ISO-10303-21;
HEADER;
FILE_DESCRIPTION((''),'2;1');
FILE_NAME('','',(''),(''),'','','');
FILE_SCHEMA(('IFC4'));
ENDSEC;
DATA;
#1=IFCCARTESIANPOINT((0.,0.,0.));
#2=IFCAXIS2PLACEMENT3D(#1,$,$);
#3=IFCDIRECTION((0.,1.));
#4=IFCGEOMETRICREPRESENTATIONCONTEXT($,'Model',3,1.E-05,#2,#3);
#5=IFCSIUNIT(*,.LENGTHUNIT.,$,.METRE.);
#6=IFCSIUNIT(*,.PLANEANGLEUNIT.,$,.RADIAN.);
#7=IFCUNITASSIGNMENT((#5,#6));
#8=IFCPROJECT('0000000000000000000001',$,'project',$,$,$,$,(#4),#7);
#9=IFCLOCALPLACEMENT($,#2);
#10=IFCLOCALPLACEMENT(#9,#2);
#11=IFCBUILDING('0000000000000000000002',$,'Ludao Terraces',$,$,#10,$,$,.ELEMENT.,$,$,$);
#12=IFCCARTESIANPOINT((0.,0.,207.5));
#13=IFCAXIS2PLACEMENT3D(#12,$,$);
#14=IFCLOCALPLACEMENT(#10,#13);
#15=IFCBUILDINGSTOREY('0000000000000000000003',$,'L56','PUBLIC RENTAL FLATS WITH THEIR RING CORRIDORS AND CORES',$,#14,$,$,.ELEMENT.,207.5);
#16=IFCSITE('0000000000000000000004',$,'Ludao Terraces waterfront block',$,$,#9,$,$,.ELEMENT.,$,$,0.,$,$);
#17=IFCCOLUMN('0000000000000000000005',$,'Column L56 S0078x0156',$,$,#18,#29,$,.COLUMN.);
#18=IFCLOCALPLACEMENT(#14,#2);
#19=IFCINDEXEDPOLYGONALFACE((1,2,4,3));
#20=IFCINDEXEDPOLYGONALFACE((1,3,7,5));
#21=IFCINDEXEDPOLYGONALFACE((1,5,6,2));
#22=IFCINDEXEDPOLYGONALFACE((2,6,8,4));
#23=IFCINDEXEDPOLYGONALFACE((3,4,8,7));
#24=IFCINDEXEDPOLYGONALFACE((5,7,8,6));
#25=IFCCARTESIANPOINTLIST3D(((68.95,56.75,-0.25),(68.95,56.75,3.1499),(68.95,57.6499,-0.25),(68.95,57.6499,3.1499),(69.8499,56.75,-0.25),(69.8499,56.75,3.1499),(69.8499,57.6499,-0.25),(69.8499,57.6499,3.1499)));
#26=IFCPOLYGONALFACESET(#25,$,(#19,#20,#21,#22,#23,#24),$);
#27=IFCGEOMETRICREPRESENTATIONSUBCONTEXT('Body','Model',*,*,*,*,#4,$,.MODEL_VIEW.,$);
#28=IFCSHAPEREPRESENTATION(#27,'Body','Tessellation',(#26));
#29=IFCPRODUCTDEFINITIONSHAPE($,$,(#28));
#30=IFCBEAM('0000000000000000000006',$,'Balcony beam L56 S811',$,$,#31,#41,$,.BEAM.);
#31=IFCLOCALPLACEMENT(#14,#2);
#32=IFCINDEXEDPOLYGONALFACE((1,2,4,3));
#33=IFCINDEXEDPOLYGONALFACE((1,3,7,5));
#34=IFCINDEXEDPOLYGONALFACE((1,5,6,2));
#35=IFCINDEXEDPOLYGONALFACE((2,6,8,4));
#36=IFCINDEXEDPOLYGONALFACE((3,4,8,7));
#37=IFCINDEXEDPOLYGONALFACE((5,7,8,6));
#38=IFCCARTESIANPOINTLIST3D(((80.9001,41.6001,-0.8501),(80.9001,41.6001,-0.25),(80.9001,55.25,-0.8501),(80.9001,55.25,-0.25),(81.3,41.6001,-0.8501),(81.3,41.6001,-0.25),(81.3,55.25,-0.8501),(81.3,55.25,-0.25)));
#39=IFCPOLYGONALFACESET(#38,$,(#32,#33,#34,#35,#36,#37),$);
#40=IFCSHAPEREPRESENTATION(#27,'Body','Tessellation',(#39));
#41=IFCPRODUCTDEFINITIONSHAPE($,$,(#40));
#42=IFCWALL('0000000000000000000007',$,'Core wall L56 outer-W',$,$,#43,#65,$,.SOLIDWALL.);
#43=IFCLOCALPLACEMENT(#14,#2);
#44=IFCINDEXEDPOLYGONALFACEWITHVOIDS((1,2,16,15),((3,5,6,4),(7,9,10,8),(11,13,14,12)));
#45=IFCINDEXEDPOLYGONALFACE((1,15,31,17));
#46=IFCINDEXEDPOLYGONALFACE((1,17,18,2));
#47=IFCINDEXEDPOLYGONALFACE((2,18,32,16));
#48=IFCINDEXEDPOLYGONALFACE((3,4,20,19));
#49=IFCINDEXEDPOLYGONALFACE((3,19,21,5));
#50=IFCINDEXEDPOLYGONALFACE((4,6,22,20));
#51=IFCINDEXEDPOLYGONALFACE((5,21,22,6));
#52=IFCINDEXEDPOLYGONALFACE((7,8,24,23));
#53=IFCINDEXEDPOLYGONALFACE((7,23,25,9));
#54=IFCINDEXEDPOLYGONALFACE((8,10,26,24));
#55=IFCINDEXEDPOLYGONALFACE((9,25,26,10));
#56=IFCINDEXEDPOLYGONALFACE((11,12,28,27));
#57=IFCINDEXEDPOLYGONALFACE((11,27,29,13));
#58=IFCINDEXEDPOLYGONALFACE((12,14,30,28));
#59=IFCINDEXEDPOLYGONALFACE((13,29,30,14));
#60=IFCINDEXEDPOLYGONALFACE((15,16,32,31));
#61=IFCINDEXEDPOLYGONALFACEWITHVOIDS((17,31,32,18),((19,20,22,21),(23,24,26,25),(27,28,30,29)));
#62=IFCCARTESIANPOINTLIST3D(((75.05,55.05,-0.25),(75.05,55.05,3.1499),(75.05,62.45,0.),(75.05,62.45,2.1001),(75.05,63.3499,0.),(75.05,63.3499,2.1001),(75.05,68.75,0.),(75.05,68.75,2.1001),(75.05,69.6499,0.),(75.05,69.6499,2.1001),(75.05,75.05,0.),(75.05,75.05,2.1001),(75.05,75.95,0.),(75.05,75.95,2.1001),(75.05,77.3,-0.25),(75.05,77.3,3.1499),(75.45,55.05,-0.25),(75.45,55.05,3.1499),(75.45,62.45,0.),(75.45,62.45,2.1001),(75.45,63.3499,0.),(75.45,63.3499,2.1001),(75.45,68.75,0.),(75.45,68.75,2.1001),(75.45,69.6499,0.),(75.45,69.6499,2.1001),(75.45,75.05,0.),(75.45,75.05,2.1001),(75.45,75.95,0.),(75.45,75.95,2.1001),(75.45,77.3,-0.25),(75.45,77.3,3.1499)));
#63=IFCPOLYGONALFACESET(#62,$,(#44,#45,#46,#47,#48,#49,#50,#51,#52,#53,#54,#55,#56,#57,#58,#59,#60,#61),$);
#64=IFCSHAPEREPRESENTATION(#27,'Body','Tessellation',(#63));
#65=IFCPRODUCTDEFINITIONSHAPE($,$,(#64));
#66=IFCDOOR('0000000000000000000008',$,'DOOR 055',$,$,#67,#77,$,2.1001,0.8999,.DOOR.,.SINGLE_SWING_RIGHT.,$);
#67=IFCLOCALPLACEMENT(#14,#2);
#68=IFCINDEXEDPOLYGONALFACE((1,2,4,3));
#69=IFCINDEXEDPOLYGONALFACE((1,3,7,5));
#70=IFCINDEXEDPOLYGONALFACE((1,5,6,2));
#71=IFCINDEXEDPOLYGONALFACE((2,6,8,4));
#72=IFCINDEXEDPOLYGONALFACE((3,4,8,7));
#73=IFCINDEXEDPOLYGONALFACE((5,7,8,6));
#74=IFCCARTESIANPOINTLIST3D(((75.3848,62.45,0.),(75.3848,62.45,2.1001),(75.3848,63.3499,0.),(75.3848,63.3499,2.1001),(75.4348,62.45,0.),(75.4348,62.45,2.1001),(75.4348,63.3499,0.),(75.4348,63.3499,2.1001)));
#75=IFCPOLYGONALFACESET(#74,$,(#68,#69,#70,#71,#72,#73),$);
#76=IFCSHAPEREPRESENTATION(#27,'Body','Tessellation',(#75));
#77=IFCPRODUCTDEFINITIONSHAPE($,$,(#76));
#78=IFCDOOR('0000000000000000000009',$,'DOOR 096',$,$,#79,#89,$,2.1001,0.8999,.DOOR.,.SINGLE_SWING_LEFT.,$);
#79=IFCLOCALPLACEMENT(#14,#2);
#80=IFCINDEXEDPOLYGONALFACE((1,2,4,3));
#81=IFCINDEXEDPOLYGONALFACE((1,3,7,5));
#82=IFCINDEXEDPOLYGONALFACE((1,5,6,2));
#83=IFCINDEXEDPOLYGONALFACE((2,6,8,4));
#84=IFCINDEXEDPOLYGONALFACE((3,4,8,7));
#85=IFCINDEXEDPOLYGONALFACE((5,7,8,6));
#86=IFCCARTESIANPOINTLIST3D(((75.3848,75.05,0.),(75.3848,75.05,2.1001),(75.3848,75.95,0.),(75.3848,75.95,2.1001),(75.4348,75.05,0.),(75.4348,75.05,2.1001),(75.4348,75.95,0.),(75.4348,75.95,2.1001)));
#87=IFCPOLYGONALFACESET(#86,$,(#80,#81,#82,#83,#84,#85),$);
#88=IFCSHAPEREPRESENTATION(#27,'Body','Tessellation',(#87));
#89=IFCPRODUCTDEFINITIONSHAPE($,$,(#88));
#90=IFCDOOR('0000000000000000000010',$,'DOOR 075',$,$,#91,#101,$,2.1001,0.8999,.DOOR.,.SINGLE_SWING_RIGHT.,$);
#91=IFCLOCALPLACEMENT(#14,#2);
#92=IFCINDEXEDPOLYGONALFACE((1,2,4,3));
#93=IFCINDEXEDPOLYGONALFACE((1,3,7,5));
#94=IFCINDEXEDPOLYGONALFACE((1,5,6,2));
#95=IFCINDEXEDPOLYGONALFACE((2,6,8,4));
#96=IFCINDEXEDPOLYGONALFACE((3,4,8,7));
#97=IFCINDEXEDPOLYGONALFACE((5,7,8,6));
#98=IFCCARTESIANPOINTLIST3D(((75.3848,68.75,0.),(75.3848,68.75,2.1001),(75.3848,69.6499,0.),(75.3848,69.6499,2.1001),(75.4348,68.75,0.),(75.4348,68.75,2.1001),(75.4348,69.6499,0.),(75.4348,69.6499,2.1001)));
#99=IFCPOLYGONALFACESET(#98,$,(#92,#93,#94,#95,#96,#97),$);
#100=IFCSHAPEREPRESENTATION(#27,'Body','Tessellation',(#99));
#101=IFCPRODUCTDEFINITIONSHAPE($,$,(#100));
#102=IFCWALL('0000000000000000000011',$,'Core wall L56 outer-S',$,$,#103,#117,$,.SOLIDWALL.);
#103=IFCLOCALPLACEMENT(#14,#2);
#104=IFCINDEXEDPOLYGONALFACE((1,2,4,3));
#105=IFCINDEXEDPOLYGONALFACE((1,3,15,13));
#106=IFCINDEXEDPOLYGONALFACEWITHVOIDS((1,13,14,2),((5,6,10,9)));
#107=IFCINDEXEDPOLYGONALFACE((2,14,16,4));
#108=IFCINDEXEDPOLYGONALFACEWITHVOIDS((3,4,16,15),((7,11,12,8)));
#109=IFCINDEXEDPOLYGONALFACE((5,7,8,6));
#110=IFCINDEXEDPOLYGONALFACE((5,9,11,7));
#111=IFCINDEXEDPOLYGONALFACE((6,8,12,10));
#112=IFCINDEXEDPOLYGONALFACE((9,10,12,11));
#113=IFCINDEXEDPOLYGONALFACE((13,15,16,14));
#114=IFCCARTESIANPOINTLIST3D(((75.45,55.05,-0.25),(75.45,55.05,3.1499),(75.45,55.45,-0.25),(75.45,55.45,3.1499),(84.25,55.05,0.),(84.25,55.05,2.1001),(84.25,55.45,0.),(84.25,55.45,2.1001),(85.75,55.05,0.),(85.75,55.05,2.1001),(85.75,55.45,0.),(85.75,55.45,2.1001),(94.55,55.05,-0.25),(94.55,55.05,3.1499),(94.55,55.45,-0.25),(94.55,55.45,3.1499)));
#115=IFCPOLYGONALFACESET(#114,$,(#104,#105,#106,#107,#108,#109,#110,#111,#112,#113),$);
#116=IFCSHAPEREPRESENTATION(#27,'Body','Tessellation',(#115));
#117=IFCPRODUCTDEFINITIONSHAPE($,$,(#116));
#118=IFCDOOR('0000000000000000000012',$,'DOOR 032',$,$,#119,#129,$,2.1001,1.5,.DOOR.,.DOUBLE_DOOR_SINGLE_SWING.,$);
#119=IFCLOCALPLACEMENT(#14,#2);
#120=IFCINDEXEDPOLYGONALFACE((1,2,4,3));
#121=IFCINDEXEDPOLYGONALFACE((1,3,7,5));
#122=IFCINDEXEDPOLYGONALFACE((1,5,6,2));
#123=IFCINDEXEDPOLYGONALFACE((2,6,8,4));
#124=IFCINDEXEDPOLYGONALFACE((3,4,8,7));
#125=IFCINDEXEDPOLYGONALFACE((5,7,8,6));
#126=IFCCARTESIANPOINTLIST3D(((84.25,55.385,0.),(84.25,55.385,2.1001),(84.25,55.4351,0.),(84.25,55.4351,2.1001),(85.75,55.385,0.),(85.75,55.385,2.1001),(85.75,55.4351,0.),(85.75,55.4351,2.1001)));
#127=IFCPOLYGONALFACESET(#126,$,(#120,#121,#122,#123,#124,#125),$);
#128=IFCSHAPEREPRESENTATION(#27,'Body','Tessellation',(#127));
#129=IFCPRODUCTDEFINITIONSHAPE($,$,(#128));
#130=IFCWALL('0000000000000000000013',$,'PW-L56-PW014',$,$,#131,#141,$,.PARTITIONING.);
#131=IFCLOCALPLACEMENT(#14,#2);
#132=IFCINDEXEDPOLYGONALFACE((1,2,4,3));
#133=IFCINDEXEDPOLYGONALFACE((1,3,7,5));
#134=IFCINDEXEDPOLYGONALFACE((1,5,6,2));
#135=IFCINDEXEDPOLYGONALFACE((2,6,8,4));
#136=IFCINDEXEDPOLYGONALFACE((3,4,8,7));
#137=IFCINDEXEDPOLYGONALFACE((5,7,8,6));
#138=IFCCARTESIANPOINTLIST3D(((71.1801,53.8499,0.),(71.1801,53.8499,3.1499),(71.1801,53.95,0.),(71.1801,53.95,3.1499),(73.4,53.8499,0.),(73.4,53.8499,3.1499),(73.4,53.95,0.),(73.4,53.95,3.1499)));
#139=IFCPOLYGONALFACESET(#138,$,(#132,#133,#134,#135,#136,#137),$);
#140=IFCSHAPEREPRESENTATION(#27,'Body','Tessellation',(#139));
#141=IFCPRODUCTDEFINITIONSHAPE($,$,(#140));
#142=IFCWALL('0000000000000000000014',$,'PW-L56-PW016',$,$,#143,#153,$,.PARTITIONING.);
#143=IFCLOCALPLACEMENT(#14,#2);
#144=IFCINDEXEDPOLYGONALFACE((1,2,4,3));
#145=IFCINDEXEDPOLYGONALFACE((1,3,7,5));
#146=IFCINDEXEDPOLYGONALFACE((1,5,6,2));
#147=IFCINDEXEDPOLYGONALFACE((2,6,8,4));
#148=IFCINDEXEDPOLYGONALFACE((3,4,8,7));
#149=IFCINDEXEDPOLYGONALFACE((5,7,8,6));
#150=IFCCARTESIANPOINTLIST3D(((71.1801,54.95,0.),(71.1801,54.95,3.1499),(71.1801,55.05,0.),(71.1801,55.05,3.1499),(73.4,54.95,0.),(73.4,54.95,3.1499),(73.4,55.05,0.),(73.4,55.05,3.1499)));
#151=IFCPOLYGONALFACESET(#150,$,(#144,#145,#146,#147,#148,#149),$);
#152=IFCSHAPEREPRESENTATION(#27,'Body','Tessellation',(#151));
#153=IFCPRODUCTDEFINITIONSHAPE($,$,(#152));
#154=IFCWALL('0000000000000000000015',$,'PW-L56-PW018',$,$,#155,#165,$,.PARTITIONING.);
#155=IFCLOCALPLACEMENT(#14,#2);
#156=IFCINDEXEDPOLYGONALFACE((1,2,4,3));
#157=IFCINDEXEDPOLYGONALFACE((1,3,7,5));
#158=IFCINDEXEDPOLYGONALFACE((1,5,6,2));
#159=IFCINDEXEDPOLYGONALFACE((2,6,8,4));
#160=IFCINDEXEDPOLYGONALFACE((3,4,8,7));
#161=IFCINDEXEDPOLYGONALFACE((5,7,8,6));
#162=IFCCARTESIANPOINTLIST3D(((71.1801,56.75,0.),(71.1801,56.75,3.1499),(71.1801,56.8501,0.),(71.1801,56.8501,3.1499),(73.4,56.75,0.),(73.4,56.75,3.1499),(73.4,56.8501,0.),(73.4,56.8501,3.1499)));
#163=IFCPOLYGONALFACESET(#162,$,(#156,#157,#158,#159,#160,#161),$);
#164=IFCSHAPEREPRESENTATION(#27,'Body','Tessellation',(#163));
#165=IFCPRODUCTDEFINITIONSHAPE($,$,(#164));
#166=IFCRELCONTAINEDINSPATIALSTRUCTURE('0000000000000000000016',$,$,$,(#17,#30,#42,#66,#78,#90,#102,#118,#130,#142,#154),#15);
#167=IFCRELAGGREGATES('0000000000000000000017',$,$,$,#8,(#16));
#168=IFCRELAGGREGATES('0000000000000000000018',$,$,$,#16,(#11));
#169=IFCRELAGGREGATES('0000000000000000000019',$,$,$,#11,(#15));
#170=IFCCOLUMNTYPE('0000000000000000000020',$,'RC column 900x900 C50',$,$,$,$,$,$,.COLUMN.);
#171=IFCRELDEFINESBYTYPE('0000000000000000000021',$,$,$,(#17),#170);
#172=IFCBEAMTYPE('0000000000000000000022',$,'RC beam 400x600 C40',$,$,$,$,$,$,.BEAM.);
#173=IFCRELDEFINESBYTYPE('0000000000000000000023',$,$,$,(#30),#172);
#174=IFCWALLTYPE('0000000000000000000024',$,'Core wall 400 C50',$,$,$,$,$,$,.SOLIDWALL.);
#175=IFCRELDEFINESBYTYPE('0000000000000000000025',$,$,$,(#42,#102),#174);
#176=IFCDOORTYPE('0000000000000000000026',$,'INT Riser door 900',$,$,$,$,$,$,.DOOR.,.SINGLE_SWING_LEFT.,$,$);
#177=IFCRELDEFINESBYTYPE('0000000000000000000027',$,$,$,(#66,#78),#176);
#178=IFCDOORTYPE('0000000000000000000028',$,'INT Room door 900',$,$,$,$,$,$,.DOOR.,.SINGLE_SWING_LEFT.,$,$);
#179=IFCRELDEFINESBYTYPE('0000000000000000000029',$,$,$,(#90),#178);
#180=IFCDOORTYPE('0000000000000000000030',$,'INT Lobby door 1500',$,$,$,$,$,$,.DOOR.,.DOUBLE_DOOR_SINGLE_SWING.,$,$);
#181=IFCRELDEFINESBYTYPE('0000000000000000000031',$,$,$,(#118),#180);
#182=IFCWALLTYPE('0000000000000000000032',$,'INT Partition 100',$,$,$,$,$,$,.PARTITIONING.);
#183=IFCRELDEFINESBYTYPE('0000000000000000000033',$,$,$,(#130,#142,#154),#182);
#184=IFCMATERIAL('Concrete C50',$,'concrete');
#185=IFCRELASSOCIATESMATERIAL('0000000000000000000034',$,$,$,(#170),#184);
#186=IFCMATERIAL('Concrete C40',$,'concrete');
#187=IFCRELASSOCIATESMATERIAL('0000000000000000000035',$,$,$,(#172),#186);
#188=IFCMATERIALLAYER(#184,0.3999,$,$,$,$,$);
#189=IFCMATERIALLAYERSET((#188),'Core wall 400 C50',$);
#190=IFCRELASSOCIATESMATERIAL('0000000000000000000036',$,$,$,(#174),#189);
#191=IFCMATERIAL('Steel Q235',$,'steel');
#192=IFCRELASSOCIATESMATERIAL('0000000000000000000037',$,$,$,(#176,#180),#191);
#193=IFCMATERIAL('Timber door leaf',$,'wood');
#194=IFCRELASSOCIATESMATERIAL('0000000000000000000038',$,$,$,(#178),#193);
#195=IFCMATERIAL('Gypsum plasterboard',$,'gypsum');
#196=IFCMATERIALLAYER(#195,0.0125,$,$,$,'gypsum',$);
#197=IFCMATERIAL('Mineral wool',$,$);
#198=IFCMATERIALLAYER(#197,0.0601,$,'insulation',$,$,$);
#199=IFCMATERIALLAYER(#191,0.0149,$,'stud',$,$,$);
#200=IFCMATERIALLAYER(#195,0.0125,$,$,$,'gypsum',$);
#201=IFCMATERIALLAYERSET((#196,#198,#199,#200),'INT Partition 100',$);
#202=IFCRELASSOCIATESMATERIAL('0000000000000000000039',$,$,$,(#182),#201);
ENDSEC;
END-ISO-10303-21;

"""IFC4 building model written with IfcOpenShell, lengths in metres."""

from ifc_helpers import new_model, si_unit, direction, frame, frame_2d, origin, origin_2d, place, context, subcontext, project, spatial, rectangle, extrude, material, layer, layer_set, material_profile, profile_set, type_object, element, fill, save


model = new_model("IFC4")

# Units and contexts
model_context = context("Model", 3, precision=1e-05, world=origin(), true_north=direction((0.0, 1.0)))
body_context = subcontext(model_context, "Body", "Model", "MODEL_VIEW")
ifc_project = project(units=[si_unit("LENGTHUNIT", "METRE"), si_unit("PLANEANGLEUNIT", "RADIAN")], contexts=[model_context])

# Site, building, storey
site_placement = place(None, origin())
site = spatial("IfcSite", under=ifc_project, at=site_placement, Name="Ludao Terraces waterfront block", CompositionType="ELEMENT", RefElevation=0.0)
building_placement = place(site_placement, origin())
building = spatial("IfcBuilding", under=site, at=building_placement, Name="Ludao Terraces", CompositionType="ELEMENT")
storey_placement = place(building_placement, frame((0.0, 0.0, 207.5)))
storey = spatial("IfcBuildingStorey", under=building, at=storey_placement, Name="L56", Description="PUBLIC RENTAL FLATS WITH THEIR RING CORRIDORS AND CORES", CompositionType="ELEMENT", Elevation=207.5)

# Column
ifc_material_1 = material(Name="Concrete C50", Category="concrete")
ifc_material_profile_1 = material_profile(ifc_material_1, rectangle(XDim=0.8999, YDim=0.8999, at=origin_2d()), Name="900 X 900")
ifc_profile_set_1 = profile_set([ifc_material_profile_1], Name="Concrete C50")
column_type = type_object("IfcColumnType", Name="RC column 900x900 C50", PredefinedType="COLUMN", material=ifc_profile_set_1)
column_placement = place(storey_placement, frame((69.3999, 57.2, -0.25), z_axis=(0.0, 0.0, 1.0), x_axis=(1.0, 0.0, 0.0)))
element("IfcColumn", 1, at=column_placement, inside=storey, type_object=column_type, Name="Column L56 S0078x0156", PredefinedType="COLUMN", context=body_context, shape_type="SweptSolid", body=[
    extrude(rectangle(XDim=0.8999, YDim=0.8999, at=origin_2d()), origin(), (0.0, 0.0, 1.0), 3.3999),
])

# Beam
ifc_material_2 = material(Name="Concrete C40", Category="concrete")
ifc_material_profile_2 = material_profile(ifc_material_2, rectangle(XDim=0.3999, YDim=0.6001, at=origin_2d()), Name="400 X 600")
ifc_profile_set_2 = profile_set([ifc_material_profile_2], Name="Concrete C40")
beam_type = type_object("IfcBeamType", Name="RC beam 400x600 C40", PredefinedType="BEAM", material=ifc_profile_set_2)
beam_placement = place(storey_placement, frame((81.1001, 55.25, -0.55), z_axis=(0.0, -1.0, 0.0), x_axis=(1.0, 0.0, 0.0)))
element("IfcBeam", 2, at=beam_placement, inside=storey, type_object=beam_type, Name="Balcony beam L56 S811", PredefinedType="BEAM", context=body_context, shape_type="SweptSolid", body=[
    extrude(rectangle(XDim=0.3999, YDim=0.6001, at=origin_2d()), origin(), (0.0, 0.0, 1.0), 13.6499),
])

# Wall, openings, doors
ifc_layer_1 = layer(ifc_material_1, 0.3999)
ifc_layer_set_1 = layer_set([ifc_layer_1], Name="Core wall 400 C50")
wall_type_1 = type_object("IfcWallType", Name="Core wall 400 C50", PredefinedType="SOLIDWALL", material=ifc_layer_set_1)
wall_1_placement = place(storey_placement, frame((75.25, 55.05, -0.25), z_axis=(0.0, 0.0, 1.0), x_axis=(0.0, 1.0, 0.0)))
wall_1 = element("IfcWall", 3, at=wall_1_placement, inside=storey, type_object=wall_type_1, Name="Core wall L56 outer-W", PredefinedType="SOLIDWALL", context=body_context, shape_type="SweptSolid", body=[
    extrude(rectangle(XDim=22.25, YDim=0.3999, at=frame_2d((11.125, 0.0))), origin(), (0.0, 0.0, 1.0), 3.3999),
])
opening_1_placement = place(wall_1_placement, frame((7.3999, 0.0, 0.25)))
opening_1 = element("IfcOpeningElement", 4, at=opening_1_placement, cuts=wall_1, PredefinedType="OPENING", context=body_context, shape_type="SweptSolid", body=[
    extrude(rectangle(XDim=0.8999, YDim=2.1001, at=frame_2d((0.45, 1.05))), frame((0.0, 0.21, 0.0), z_axis=(0.0, -1.0, 0.0), x_axis=(1.0, 0.0, 0.0)), (0.0, 0.0, 1.0), 0.4199),
])
opening_2_placement = place(wall_1_placement, frame((13.7, 0.0, 0.25)))
opening_2 = element("IfcOpeningElement", 5, at=opening_2_placement, cuts=wall_1, PredefinedType="OPENING", context=body_context, shape_type="SweptSolid", body=[
    extrude(rectangle(XDim=0.8999, YDim=2.1001, at=frame_2d((0.45, 1.05))), frame((0.0, 0.21, 0.0), z_axis=(0.0, -1.0, 0.0), x_axis=(1.0, 0.0, 0.0)), (0.0, 0.0, 1.0), 0.4199),
])
opening_3_placement = place(wall_1_placement, frame((20.0, 0.0, 0.25)))
opening_3 = element("IfcOpeningElement", 6, at=opening_3_placement, cuts=wall_1, PredefinedType="OPENING", context=body_context, shape_type="SweptSolid", body=[
    extrude(rectangle(XDim=0.8999, YDim=2.1001, at=frame_2d((0.45, 1.05))), frame((0.0, 0.21, 0.0), z_axis=(0.0, -1.0, 0.0), x_axis=(1.0, 0.0, 0.0)), (0.0, 0.0, 1.0), 0.4199),
])
ifc_material_3 = material(Name="Steel Q235", Category="steel")
door_type_1 = type_object("IfcDoorType", Name="INT Riser door 900", OperationType="SINGLE_SWING_LEFT", PredefinedType="DOOR", material=ifc_material_3)
door_1_placement = place(opening_1_placement, origin())
door_1 = element("IfcDoor", 7, at=door_1_placement, inside=storey, type_object=door_type_1, Name="DOOR 055", OperationType="SINGLE_SWING_RIGHT", OverallHeight=2.1001, OverallWidth=0.8999, PredefinedType="DOOR", context=body_context, shape_type="SweptSolid", body=[
    extrude(rectangle(XDim=0.8999, YDim=2.1001, at=frame_2d((0.45, 1.05))), frame((0.0, -0.1348, 0.0), z_axis=(0.0, -1.0, 0.0), x_axis=(1.0, 0.0, 0.0)), (0.0, 0.0, 1.0), 0.05),
])
fill(opening_1, door_1)
door_2_placement = place(opening_3_placement, origin())
door_2 = element("IfcDoor", 8, at=door_2_placement, inside=storey, type_object=door_type_1, Name="DOOR 096", OperationType="SINGLE_SWING_LEFT", OverallHeight=2.1001, OverallWidth=0.8999, PredefinedType="DOOR", context=body_context, shape_type="SweptSolid", body=[
    extrude(rectangle(XDim=0.8999, YDim=2.1001, at=frame_2d((0.45, 1.05))), frame((0.0, -0.1348, 0.0), z_axis=(0.0, -1.0, 0.0), x_axis=(1.0, 0.0, 0.0)), (0.0, 0.0, 1.0), 0.05),
])
fill(opening_3, door_2)
ifc_material_4 = material(Name="Timber door leaf", Category="wood")
door_type_2 = type_object("IfcDoorType", Name="INT Room door 900", OperationType="SINGLE_SWING_LEFT", PredefinedType="DOOR", material=ifc_material_4)
door_3_placement = place(opening_2_placement, origin())
door_3 = element("IfcDoor", 9, at=door_3_placement, inside=storey, type_object=door_type_2, Name="DOOR 075", OperationType="SINGLE_SWING_RIGHT", OverallHeight=2.1001, OverallWidth=0.8999, PredefinedType="DOOR", context=body_context, shape_type="SweptSolid", body=[
    extrude(rectangle(XDim=0.8999, YDim=2.1001, at=frame_2d((0.45, 1.05))), frame((0.0, -0.1348, 0.0), z_axis=(0.0, -1.0, 0.0), x_axis=(1.0, 0.0, 0.0)), (0.0, 0.0, 1.0), 0.05),
])
fill(opening_2, door_3)

# Wall, opening, door
wall_2_placement = place(storey_placement, frame((75.45, 55.25, -0.25), z_axis=(0.0, 0.0, 1.0), x_axis=(1.0, 0.0, 0.0)))
wall_2 = element("IfcWall", 10, at=wall_2_placement, inside=storey, type_object=wall_type_1, Name="Core wall L56 outer-S", PredefinedType="SOLIDWALL", context=body_context, shape_type="SweptSolid", body=[
    extrude(rectangle(XDim=19.1001, YDim=0.3999, at=frame_2d((9.55, 0.0))), origin(), (0.0, 0.0, 1.0), 3.3999),
])
opening_4_placement = place(wall_2_placement, frame((8.8, 0.0, 0.25)))
opening_4 = element("IfcOpeningElement", 11, at=opening_4_placement, cuts=wall_2, PredefinedType="OPENING", context=body_context, shape_type="SweptSolid", body=[
    extrude(rectangle(XDim=1.5, YDim=2.1001, at=frame_2d((0.75, 1.05))), frame((0.0, 0.21, 0.0), z_axis=(0.0, -1.0, 0.0), x_axis=(1.0, 0.0, 0.0)), (0.0, 0.0, 1.0), 0.4199),
])
door_type_3 = type_object("IfcDoorType", Name="INT Lobby door 1500", OperationType="DOUBLE_DOOR_SINGLE_SWING", PredefinedType="DOOR", material=ifc_material_3)
door_4_placement = place(opening_4_placement, origin())
door_4 = element("IfcDoor", 12, at=door_4_placement, inside=storey, type_object=door_type_3, Name="DOOR 032", OperationType="DOUBLE_DOOR_SINGLE_SWING", OverallHeight=2.1001, OverallWidth=1.5, PredefinedType="DOOR", context=body_context, shape_type="SweptSolid", body=[
    extrude(rectangle(XDim=1.5, YDim=2.1001, at=frame_2d((0.75, 1.05))), frame((0.0, 0.1851, 0.0), z_axis=(0.0, -1.0, 0.0), x_axis=(1.0, 0.0, 0.0)), (0.0, 0.0, 1.0), 0.05),
])
fill(opening_4, door_4)

# Walls
ifc_material_5 = material(Name="Gypsum plasterboard", Category="gypsum")
ifc_layer_2 = layer(ifc_material_5, 0.0125, Category="gypsum")
ifc_material_6 = material(Name="Mineral wool")
ifc_layer_3 = layer(ifc_material_6, 0.0601, Name="insulation")
ifc_layer_4 = layer(ifc_material_3, 0.0149, Name="stud")
ifc_layer_5 = layer(ifc_material_5, 0.0125, Category="gypsum")
ifc_layer_set_2 = layer_set([ifc_layer_2, ifc_layer_3, ifc_layer_4, ifc_layer_5], Name="INT Partition 100")
wall_type_2 = type_object("IfcWallType", Name="INT Partition 100", PredefinedType="PARTITIONING", material=ifc_layer_set_2)
for number, where, z_axis, x_axis, name in (
    (13, (71.1802, 53.8999, 0.0), (0.0, 0.0, 1.0), (1.0, 0.0, 0.0), "PW-L56-PW014"),
    (14, (71.1802, 55.0, 0.0), (0.0, 0.0, 1.0), (1.0, 0.0, 0.0), "PW-L56-PW016"),
    (15, (71.1802, 56.8, 0.0), (0.0, 0.0, 1.0), (1.0, 0.0, 0.0), "PW-L56-PW018"),
):
    element("IfcWall", number, at=place(storey_placement, frame(where, z_axis=z_axis, x_axis=x_axis)), inside=storey, type_object=wall_type_2, Name=name, PredefinedType="PARTITIONING", context=body_context, shape_type="SweptSolid", body=[
        extrude(rectangle(XDim=2.22, YDim=0.1001, at=frame_2d((1.1099, 0.0))), origin(), (0.0, 0.0, 1.0), 3.1499),
    ])

save(model, "model.ifc")
